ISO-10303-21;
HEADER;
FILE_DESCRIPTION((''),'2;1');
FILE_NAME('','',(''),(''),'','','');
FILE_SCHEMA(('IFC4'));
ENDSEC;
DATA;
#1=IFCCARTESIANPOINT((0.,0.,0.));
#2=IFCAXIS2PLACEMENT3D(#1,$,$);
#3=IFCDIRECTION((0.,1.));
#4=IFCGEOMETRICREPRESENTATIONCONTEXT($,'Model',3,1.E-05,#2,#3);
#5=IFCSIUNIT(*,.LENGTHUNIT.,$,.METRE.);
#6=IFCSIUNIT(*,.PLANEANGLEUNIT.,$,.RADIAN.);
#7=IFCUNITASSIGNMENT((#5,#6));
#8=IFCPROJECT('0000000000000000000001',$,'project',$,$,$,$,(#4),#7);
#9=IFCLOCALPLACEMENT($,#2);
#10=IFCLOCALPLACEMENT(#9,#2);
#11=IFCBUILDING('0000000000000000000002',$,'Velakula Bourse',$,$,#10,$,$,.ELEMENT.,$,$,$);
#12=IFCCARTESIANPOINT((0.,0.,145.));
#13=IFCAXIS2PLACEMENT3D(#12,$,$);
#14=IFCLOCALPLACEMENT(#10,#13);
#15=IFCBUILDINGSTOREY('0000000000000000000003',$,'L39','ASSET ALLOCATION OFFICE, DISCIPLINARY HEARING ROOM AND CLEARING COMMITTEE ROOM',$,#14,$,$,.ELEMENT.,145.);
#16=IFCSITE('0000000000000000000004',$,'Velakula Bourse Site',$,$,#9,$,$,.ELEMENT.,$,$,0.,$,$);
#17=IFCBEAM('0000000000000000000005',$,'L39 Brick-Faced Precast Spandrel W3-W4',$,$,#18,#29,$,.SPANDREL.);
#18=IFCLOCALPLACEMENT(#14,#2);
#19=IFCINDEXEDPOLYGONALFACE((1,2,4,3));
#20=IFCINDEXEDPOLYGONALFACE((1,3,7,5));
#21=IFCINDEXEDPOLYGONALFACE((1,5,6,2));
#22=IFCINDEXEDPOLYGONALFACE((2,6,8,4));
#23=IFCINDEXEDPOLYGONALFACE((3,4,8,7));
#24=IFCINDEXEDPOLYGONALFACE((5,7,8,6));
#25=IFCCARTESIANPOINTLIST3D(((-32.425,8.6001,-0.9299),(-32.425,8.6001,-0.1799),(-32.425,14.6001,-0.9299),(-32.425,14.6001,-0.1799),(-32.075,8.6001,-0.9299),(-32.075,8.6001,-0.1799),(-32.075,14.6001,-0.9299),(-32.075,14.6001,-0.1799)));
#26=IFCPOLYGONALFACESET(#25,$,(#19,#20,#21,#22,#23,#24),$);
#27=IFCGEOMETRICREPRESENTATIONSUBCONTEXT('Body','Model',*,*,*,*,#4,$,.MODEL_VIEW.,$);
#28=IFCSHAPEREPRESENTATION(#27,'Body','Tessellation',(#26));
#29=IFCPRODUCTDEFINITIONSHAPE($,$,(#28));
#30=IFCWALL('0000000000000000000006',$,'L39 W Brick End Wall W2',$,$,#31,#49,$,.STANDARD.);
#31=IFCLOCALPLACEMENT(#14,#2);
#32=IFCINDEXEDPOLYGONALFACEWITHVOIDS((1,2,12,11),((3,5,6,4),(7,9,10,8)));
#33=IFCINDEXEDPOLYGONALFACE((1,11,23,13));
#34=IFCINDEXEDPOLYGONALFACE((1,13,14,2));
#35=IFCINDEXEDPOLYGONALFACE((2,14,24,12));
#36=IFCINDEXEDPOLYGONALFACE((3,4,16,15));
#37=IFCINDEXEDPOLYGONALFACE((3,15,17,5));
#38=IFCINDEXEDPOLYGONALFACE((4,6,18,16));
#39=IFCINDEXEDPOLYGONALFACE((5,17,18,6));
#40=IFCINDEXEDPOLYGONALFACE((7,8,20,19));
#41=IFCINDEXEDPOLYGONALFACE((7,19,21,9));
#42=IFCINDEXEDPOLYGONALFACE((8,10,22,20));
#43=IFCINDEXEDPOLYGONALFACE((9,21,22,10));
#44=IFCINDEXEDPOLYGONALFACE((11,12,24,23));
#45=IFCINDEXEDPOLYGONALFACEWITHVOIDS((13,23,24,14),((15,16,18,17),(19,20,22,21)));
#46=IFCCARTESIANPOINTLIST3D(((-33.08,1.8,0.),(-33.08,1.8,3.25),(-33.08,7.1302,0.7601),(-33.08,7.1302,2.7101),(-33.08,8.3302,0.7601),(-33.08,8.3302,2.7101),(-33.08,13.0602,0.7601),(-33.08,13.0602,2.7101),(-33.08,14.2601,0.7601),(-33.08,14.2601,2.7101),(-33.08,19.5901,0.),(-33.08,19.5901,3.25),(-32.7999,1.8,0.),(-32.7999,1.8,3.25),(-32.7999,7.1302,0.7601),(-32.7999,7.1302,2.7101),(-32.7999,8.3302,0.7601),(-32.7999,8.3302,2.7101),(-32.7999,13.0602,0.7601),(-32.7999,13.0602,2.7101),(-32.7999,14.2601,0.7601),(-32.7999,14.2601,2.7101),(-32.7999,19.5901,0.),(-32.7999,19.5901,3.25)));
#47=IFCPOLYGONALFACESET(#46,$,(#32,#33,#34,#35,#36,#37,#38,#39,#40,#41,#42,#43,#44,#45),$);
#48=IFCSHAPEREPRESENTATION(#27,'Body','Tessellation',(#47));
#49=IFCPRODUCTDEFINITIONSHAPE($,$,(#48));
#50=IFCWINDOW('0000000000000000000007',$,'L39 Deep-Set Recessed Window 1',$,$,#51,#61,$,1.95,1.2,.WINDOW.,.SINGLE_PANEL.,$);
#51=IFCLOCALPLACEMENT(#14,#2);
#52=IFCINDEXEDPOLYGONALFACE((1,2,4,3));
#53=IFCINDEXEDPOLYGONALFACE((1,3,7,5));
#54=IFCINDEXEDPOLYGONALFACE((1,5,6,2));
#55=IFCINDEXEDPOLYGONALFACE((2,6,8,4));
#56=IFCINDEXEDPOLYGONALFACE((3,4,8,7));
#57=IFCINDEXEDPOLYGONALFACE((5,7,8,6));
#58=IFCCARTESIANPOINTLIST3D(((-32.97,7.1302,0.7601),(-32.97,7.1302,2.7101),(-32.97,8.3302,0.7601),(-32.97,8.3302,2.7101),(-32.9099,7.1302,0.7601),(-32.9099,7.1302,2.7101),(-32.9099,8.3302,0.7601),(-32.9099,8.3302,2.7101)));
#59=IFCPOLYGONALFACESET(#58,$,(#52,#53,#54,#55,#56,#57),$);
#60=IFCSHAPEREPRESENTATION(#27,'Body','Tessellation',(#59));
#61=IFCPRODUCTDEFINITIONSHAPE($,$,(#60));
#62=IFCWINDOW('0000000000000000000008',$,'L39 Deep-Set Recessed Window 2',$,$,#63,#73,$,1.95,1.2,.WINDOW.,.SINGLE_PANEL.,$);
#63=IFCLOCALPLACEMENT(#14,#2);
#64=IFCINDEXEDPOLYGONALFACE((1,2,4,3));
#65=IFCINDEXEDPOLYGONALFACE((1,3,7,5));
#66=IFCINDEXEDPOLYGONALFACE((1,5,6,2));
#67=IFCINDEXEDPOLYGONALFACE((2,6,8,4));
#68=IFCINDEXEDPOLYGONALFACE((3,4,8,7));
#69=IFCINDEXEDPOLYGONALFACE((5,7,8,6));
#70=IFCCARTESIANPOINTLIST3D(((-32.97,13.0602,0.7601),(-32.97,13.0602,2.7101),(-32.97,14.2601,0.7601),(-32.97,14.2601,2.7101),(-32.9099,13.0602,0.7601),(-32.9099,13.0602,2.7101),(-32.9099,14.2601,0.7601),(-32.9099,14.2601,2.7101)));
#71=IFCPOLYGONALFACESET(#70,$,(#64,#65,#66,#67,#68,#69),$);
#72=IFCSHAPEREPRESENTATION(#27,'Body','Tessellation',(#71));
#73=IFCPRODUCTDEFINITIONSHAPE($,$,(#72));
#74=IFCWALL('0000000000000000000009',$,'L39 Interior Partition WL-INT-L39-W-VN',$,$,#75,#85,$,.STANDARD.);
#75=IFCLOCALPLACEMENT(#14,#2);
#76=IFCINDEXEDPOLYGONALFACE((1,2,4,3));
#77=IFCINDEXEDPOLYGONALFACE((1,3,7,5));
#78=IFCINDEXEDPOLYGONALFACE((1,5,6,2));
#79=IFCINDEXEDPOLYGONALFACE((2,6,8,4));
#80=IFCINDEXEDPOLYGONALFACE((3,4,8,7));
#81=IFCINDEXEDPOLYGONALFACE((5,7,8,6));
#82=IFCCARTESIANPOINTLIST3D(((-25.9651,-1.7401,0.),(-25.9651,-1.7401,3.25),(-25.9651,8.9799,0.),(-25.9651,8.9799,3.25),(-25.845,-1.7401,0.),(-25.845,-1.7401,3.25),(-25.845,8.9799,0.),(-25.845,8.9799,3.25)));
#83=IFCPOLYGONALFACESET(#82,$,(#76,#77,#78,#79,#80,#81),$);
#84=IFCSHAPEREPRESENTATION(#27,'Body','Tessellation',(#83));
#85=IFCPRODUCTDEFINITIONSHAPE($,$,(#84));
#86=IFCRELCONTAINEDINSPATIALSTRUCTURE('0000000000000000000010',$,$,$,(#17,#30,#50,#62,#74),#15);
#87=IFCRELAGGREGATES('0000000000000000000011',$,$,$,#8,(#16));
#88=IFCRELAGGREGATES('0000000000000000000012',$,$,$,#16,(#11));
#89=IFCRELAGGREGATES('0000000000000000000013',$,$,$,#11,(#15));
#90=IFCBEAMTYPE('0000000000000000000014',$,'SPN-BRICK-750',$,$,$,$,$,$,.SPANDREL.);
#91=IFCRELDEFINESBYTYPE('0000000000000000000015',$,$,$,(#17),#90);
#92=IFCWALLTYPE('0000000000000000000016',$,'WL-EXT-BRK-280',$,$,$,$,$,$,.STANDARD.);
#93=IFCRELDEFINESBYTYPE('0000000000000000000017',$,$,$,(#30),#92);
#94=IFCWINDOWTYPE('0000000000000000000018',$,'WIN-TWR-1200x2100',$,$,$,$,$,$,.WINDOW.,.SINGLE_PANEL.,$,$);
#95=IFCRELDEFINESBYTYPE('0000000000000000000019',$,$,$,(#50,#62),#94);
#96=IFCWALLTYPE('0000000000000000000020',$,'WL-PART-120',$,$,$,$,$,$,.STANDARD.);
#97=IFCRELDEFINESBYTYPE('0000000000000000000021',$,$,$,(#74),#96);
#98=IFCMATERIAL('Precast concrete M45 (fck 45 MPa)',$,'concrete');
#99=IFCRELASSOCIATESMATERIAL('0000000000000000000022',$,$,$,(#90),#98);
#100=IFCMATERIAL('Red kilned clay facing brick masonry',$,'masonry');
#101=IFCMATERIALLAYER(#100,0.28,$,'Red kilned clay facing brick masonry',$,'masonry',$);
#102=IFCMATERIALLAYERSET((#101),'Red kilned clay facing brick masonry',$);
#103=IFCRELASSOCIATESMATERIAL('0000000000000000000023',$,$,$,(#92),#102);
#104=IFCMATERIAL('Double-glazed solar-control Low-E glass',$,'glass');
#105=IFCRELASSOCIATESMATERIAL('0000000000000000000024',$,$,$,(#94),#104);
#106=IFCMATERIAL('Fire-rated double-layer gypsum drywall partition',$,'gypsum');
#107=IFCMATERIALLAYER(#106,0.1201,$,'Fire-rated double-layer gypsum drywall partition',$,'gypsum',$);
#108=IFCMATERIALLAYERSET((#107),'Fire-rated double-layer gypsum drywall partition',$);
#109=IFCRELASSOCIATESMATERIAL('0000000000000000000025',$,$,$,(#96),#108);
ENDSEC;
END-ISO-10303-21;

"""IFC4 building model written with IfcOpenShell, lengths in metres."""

from ifc_helpers import new_model, si_unit, direction, frame, frame_2d, origin, origin_2d, place, context, subcontext, project, spatial, rectangle, extrude, material, layer, layer_set, material_profile, profile_set, type_object, element, fill, save


model = new_model("IFC4")

# Units and contexts
model_context = context("Model", 3, precision=1e-05, world=origin(), true_north=direction((0.0, 1.0)))
body_context = subcontext(model_context, "Body", "Model", "MODEL_VIEW")
ifc_project = project(units=[si_unit("LENGTHUNIT", "METRE"), si_unit("PLANEANGLEUNIT", "RADIAN")], contexts=[model_context])

# Site, building, storey
site_placement = place(None, origin())
site = spatial("IfcSite", under=ifc_project, at=site_placement, Name="Velakula Bourse Site", CompositionType="ELEMENT", RefElevation=0.0)
building_placement = place(site_placement, origin())
building = spatial("IfcBuilding", under=site, at=building_placement, Name="Velakula Bourse", CompositionType="ELEMENT")
storey_placement = place(building_placement, frame((0.0, 0.0, 145.0)))
storey = spatial("IfcBuildingStorey", under=building, at=storey_placement, Name="L39", Description="ASSET ALLOCATION OFFICE, DISCIPLINARY HEARING ROOM AND CLEARING COMMITTEE ROOM", CompositionType="ELEMENT", Elevation=145.0)

# Beam
ifc_material_1 = material(Name="Precast concrete M45 (fck 45 MPa)", Category="concrete")
ifc_material_profile_1 = material_profile(ifc_material_1, rectangle(XDim=0.3501, YDim=0.75, at=origin_2d()), Name="Precast concrete M45 (fck 45 MPa)")
ifc_profile_set_1 = profile_set([ifc_material_profile_1], Name="Precast concrete M45 (fck 45 MPa)")
beam_type_1 = type_object("IfcBeamType", Name="SPN-BRICK-750", PredefinedType="SPANDREL", material=ifc_profile_set_1)
beam_1_placement = place(storey_placement, frame((-32.25, 8.6001, -0.5549), z_axis=(0.0, 1.0, 0.0), x_axis=(-1.0, 0.0, 0.0)))
element("IfcBeam", 1, at=beam_1_placement, inside=storey, type_object=beam_type_1, Name="L39 Brick-Faced Precast Spandrel W3-W4", PredefinedType="SPANDREL", context=body_context, shape_type="SweptSolid", body=[
    extrude(rectangle(XDim=0.3501, YDim=0.75, at=origin_2d()), origin(), (0.0, 0.0, 1.0), 6.0),
])

# Wall, openings, windows
ifc_material_2 = material(Name="Red kilned clay facing brick masonry", Category="masonry")
ifc_layer_1 = layer(ifc_material_2, 0.28, Name="Red kilned clay facing brick masonry", Category="masonry")
ifc_layer_set_1 = layer_set([ifc_layer_1], Name="Red kilned clay facing brick masonry")
wall_type_1 = type_object("IfcWallType", Name="WL-EXT-BRK-280", PredefinedType="STANDARD", material=ifc_layer_set_1)
wall_1_placement = place(storey_placement, frame((-32.9399, 1.8, 0.0), z_axis=(0.0, 0.0, 1.0), x_axis=(0.0, 1.0, 0.0)))
wall_1 = element("IfcWall", 2, at=wall_1_placement, inside=storey, type_object=wall_type_1, Name="L39 W Brick End Wall W2", PredefinedType="STANDARD", context=body_context, shape_type="SweptSolid", body=[
    extrude(rectangle(XDim=17.79, YDim=0.28, at=frame_2d((8.895, 0.0))), origin(), (0.0, 0.0, 1.0), 3.25),
])
opening_1_placement = place(wall_1_placement, frame((5.3301, 0.0, 0.76)))
opening_1 = element("IfcOpeningElement", 3, at=opening_1_placement, cuts=wall_1, PredefinedType="OPENING", context=body_context, shape_type="SweptSolid", body=[
    extrude(rectangle(XDim=1.2, YDim=1.95, at=frame_2d((0.6001, 0.9751))), frame((0.0, 0.1499, 0.0), z_axis=(0.0, -1.0, 0.0), x_axis=(1.0, 0.0, 0.0)), (0.0, 0.0, 1.0), 0.3),
])
opening_2_placement = place(wall_1_placement, frame((11.26, 0.0, 0.76)))
opening_2 = element("IfcOpeningElement", 4, at=opening_2_placement, cuts=wall_1, PredefinedType="OPENING", context=body_context, shape_type="SweptSolid", body=[
    extrude(rectangle(XDim=1.2, YDim=1.95, at=frame_2d((0.6001, 0.9751))), frame((0.0, 0.1499, 0.0), z_axis=(0.0, -1.0, 0.0), x_axis=(1.0, 0.0, 0.0)), (0.0, 0.0, 1.0), 0.3),
])
ifc_material_3 = material(Name="Double-glazed solar-control Low-E glass", Category="glass")
window_type = type_object("IfcWindowType", Name="WIN-TWR-1200x2100", PartitioningType="SINGLE_PANEL", PredefinedType="WINDOW", material=ifc_material_3)
window_1_placement = place(opening_1_placement, origin())
window_1 = element("IfcWindow", 5, at=window_1_placement, inside=storey, type_object=window_type, Name="L39 Deep-Set Recessed Window 1", OverallHeight=1.95, OverallWidth=1.2, PartitioningType="SINGLE_PANEL", PredefinedType="WINDOW", context=body_context, shape_type="SweptSolid", body=[
    extrude(rectangle(XDim=1.2, YDim=1.95, at=frame_2d((0.6001, 0.9751))), frame((0.0, 0.03, 0.0), z_axis=(0.0, -1.0, 0.0), x_axis=(1.0, 0.0, 0.0)), (0.0, 0.0, 1.0), 0.0601),
])
fill(opening_1, window_1)
window_2_placement = place(opening_2_placement, origin())
window_2 = element("IfcWindow", 6, at=window_2_placement, inside=storey, type_object=window_type, Name="L39 Deep-Set Recessed Window 2", OverallHeight=1.95, OverallWidth=1.2, PartitioningType="SINGLE_PANEL", PredefinedType="WINDOW", context=body_context, shape_type="SweptSolid", body=[
    extrude(rectangle(XDim=1.2, YDim=1.95, at=frame_2d((0.6001, 0.9751))), frame((0.0, 0.03, 0.0), z_axis=(0.0, -1.0, 0.0), x_axis=(1.0, 0.0, 0.0)), (0.0, 0.0, 1.0), 0.0601),
])
fill(opening_2, window_2)

# Wall
ifc_material_4 = material(Name="Fire-rated double-layer gypsum drywall partition", Category="gypsum")
ifc_layer_2 = layer(ifc_material_4, 0.1201, Name="Fire-rated double-layer gypsum drywall partition", Category="gypsum")
ifc_layer_set_2 = layer_set([ifc_layer_2], Name="Fire-rated double-layer gypsum drywall partition")
wall_type_2 = type_object("IfcWallType", Name="WL-PART-120", PredefinedType="STANDARD", material=ifc_layer_set_2)
wall_2_placement = place(storey_placement, frame((-25.905, -1.74, 0.0), z_axis=(0.0, 0.0, 1.0), x_axis=(0.0, 1.0, 0.0)))
element("IfcWall", 7, at=wall_2_placement, inside=storey, type_object=wall_type_2, Name="L39 Interior Partition WL-INT-L39-W-VN", PredefinedType="STANDARD", context=body_context, shape_type="SweptSolid", body=[
    extrude(rectangle(XDim=10.72, YDim=0.1201, at=frame_2d((5.3599, 0.0))), origin(), (0.0, 0.0, 1.0), 3.25),
])

save(model, "model.ifc")
